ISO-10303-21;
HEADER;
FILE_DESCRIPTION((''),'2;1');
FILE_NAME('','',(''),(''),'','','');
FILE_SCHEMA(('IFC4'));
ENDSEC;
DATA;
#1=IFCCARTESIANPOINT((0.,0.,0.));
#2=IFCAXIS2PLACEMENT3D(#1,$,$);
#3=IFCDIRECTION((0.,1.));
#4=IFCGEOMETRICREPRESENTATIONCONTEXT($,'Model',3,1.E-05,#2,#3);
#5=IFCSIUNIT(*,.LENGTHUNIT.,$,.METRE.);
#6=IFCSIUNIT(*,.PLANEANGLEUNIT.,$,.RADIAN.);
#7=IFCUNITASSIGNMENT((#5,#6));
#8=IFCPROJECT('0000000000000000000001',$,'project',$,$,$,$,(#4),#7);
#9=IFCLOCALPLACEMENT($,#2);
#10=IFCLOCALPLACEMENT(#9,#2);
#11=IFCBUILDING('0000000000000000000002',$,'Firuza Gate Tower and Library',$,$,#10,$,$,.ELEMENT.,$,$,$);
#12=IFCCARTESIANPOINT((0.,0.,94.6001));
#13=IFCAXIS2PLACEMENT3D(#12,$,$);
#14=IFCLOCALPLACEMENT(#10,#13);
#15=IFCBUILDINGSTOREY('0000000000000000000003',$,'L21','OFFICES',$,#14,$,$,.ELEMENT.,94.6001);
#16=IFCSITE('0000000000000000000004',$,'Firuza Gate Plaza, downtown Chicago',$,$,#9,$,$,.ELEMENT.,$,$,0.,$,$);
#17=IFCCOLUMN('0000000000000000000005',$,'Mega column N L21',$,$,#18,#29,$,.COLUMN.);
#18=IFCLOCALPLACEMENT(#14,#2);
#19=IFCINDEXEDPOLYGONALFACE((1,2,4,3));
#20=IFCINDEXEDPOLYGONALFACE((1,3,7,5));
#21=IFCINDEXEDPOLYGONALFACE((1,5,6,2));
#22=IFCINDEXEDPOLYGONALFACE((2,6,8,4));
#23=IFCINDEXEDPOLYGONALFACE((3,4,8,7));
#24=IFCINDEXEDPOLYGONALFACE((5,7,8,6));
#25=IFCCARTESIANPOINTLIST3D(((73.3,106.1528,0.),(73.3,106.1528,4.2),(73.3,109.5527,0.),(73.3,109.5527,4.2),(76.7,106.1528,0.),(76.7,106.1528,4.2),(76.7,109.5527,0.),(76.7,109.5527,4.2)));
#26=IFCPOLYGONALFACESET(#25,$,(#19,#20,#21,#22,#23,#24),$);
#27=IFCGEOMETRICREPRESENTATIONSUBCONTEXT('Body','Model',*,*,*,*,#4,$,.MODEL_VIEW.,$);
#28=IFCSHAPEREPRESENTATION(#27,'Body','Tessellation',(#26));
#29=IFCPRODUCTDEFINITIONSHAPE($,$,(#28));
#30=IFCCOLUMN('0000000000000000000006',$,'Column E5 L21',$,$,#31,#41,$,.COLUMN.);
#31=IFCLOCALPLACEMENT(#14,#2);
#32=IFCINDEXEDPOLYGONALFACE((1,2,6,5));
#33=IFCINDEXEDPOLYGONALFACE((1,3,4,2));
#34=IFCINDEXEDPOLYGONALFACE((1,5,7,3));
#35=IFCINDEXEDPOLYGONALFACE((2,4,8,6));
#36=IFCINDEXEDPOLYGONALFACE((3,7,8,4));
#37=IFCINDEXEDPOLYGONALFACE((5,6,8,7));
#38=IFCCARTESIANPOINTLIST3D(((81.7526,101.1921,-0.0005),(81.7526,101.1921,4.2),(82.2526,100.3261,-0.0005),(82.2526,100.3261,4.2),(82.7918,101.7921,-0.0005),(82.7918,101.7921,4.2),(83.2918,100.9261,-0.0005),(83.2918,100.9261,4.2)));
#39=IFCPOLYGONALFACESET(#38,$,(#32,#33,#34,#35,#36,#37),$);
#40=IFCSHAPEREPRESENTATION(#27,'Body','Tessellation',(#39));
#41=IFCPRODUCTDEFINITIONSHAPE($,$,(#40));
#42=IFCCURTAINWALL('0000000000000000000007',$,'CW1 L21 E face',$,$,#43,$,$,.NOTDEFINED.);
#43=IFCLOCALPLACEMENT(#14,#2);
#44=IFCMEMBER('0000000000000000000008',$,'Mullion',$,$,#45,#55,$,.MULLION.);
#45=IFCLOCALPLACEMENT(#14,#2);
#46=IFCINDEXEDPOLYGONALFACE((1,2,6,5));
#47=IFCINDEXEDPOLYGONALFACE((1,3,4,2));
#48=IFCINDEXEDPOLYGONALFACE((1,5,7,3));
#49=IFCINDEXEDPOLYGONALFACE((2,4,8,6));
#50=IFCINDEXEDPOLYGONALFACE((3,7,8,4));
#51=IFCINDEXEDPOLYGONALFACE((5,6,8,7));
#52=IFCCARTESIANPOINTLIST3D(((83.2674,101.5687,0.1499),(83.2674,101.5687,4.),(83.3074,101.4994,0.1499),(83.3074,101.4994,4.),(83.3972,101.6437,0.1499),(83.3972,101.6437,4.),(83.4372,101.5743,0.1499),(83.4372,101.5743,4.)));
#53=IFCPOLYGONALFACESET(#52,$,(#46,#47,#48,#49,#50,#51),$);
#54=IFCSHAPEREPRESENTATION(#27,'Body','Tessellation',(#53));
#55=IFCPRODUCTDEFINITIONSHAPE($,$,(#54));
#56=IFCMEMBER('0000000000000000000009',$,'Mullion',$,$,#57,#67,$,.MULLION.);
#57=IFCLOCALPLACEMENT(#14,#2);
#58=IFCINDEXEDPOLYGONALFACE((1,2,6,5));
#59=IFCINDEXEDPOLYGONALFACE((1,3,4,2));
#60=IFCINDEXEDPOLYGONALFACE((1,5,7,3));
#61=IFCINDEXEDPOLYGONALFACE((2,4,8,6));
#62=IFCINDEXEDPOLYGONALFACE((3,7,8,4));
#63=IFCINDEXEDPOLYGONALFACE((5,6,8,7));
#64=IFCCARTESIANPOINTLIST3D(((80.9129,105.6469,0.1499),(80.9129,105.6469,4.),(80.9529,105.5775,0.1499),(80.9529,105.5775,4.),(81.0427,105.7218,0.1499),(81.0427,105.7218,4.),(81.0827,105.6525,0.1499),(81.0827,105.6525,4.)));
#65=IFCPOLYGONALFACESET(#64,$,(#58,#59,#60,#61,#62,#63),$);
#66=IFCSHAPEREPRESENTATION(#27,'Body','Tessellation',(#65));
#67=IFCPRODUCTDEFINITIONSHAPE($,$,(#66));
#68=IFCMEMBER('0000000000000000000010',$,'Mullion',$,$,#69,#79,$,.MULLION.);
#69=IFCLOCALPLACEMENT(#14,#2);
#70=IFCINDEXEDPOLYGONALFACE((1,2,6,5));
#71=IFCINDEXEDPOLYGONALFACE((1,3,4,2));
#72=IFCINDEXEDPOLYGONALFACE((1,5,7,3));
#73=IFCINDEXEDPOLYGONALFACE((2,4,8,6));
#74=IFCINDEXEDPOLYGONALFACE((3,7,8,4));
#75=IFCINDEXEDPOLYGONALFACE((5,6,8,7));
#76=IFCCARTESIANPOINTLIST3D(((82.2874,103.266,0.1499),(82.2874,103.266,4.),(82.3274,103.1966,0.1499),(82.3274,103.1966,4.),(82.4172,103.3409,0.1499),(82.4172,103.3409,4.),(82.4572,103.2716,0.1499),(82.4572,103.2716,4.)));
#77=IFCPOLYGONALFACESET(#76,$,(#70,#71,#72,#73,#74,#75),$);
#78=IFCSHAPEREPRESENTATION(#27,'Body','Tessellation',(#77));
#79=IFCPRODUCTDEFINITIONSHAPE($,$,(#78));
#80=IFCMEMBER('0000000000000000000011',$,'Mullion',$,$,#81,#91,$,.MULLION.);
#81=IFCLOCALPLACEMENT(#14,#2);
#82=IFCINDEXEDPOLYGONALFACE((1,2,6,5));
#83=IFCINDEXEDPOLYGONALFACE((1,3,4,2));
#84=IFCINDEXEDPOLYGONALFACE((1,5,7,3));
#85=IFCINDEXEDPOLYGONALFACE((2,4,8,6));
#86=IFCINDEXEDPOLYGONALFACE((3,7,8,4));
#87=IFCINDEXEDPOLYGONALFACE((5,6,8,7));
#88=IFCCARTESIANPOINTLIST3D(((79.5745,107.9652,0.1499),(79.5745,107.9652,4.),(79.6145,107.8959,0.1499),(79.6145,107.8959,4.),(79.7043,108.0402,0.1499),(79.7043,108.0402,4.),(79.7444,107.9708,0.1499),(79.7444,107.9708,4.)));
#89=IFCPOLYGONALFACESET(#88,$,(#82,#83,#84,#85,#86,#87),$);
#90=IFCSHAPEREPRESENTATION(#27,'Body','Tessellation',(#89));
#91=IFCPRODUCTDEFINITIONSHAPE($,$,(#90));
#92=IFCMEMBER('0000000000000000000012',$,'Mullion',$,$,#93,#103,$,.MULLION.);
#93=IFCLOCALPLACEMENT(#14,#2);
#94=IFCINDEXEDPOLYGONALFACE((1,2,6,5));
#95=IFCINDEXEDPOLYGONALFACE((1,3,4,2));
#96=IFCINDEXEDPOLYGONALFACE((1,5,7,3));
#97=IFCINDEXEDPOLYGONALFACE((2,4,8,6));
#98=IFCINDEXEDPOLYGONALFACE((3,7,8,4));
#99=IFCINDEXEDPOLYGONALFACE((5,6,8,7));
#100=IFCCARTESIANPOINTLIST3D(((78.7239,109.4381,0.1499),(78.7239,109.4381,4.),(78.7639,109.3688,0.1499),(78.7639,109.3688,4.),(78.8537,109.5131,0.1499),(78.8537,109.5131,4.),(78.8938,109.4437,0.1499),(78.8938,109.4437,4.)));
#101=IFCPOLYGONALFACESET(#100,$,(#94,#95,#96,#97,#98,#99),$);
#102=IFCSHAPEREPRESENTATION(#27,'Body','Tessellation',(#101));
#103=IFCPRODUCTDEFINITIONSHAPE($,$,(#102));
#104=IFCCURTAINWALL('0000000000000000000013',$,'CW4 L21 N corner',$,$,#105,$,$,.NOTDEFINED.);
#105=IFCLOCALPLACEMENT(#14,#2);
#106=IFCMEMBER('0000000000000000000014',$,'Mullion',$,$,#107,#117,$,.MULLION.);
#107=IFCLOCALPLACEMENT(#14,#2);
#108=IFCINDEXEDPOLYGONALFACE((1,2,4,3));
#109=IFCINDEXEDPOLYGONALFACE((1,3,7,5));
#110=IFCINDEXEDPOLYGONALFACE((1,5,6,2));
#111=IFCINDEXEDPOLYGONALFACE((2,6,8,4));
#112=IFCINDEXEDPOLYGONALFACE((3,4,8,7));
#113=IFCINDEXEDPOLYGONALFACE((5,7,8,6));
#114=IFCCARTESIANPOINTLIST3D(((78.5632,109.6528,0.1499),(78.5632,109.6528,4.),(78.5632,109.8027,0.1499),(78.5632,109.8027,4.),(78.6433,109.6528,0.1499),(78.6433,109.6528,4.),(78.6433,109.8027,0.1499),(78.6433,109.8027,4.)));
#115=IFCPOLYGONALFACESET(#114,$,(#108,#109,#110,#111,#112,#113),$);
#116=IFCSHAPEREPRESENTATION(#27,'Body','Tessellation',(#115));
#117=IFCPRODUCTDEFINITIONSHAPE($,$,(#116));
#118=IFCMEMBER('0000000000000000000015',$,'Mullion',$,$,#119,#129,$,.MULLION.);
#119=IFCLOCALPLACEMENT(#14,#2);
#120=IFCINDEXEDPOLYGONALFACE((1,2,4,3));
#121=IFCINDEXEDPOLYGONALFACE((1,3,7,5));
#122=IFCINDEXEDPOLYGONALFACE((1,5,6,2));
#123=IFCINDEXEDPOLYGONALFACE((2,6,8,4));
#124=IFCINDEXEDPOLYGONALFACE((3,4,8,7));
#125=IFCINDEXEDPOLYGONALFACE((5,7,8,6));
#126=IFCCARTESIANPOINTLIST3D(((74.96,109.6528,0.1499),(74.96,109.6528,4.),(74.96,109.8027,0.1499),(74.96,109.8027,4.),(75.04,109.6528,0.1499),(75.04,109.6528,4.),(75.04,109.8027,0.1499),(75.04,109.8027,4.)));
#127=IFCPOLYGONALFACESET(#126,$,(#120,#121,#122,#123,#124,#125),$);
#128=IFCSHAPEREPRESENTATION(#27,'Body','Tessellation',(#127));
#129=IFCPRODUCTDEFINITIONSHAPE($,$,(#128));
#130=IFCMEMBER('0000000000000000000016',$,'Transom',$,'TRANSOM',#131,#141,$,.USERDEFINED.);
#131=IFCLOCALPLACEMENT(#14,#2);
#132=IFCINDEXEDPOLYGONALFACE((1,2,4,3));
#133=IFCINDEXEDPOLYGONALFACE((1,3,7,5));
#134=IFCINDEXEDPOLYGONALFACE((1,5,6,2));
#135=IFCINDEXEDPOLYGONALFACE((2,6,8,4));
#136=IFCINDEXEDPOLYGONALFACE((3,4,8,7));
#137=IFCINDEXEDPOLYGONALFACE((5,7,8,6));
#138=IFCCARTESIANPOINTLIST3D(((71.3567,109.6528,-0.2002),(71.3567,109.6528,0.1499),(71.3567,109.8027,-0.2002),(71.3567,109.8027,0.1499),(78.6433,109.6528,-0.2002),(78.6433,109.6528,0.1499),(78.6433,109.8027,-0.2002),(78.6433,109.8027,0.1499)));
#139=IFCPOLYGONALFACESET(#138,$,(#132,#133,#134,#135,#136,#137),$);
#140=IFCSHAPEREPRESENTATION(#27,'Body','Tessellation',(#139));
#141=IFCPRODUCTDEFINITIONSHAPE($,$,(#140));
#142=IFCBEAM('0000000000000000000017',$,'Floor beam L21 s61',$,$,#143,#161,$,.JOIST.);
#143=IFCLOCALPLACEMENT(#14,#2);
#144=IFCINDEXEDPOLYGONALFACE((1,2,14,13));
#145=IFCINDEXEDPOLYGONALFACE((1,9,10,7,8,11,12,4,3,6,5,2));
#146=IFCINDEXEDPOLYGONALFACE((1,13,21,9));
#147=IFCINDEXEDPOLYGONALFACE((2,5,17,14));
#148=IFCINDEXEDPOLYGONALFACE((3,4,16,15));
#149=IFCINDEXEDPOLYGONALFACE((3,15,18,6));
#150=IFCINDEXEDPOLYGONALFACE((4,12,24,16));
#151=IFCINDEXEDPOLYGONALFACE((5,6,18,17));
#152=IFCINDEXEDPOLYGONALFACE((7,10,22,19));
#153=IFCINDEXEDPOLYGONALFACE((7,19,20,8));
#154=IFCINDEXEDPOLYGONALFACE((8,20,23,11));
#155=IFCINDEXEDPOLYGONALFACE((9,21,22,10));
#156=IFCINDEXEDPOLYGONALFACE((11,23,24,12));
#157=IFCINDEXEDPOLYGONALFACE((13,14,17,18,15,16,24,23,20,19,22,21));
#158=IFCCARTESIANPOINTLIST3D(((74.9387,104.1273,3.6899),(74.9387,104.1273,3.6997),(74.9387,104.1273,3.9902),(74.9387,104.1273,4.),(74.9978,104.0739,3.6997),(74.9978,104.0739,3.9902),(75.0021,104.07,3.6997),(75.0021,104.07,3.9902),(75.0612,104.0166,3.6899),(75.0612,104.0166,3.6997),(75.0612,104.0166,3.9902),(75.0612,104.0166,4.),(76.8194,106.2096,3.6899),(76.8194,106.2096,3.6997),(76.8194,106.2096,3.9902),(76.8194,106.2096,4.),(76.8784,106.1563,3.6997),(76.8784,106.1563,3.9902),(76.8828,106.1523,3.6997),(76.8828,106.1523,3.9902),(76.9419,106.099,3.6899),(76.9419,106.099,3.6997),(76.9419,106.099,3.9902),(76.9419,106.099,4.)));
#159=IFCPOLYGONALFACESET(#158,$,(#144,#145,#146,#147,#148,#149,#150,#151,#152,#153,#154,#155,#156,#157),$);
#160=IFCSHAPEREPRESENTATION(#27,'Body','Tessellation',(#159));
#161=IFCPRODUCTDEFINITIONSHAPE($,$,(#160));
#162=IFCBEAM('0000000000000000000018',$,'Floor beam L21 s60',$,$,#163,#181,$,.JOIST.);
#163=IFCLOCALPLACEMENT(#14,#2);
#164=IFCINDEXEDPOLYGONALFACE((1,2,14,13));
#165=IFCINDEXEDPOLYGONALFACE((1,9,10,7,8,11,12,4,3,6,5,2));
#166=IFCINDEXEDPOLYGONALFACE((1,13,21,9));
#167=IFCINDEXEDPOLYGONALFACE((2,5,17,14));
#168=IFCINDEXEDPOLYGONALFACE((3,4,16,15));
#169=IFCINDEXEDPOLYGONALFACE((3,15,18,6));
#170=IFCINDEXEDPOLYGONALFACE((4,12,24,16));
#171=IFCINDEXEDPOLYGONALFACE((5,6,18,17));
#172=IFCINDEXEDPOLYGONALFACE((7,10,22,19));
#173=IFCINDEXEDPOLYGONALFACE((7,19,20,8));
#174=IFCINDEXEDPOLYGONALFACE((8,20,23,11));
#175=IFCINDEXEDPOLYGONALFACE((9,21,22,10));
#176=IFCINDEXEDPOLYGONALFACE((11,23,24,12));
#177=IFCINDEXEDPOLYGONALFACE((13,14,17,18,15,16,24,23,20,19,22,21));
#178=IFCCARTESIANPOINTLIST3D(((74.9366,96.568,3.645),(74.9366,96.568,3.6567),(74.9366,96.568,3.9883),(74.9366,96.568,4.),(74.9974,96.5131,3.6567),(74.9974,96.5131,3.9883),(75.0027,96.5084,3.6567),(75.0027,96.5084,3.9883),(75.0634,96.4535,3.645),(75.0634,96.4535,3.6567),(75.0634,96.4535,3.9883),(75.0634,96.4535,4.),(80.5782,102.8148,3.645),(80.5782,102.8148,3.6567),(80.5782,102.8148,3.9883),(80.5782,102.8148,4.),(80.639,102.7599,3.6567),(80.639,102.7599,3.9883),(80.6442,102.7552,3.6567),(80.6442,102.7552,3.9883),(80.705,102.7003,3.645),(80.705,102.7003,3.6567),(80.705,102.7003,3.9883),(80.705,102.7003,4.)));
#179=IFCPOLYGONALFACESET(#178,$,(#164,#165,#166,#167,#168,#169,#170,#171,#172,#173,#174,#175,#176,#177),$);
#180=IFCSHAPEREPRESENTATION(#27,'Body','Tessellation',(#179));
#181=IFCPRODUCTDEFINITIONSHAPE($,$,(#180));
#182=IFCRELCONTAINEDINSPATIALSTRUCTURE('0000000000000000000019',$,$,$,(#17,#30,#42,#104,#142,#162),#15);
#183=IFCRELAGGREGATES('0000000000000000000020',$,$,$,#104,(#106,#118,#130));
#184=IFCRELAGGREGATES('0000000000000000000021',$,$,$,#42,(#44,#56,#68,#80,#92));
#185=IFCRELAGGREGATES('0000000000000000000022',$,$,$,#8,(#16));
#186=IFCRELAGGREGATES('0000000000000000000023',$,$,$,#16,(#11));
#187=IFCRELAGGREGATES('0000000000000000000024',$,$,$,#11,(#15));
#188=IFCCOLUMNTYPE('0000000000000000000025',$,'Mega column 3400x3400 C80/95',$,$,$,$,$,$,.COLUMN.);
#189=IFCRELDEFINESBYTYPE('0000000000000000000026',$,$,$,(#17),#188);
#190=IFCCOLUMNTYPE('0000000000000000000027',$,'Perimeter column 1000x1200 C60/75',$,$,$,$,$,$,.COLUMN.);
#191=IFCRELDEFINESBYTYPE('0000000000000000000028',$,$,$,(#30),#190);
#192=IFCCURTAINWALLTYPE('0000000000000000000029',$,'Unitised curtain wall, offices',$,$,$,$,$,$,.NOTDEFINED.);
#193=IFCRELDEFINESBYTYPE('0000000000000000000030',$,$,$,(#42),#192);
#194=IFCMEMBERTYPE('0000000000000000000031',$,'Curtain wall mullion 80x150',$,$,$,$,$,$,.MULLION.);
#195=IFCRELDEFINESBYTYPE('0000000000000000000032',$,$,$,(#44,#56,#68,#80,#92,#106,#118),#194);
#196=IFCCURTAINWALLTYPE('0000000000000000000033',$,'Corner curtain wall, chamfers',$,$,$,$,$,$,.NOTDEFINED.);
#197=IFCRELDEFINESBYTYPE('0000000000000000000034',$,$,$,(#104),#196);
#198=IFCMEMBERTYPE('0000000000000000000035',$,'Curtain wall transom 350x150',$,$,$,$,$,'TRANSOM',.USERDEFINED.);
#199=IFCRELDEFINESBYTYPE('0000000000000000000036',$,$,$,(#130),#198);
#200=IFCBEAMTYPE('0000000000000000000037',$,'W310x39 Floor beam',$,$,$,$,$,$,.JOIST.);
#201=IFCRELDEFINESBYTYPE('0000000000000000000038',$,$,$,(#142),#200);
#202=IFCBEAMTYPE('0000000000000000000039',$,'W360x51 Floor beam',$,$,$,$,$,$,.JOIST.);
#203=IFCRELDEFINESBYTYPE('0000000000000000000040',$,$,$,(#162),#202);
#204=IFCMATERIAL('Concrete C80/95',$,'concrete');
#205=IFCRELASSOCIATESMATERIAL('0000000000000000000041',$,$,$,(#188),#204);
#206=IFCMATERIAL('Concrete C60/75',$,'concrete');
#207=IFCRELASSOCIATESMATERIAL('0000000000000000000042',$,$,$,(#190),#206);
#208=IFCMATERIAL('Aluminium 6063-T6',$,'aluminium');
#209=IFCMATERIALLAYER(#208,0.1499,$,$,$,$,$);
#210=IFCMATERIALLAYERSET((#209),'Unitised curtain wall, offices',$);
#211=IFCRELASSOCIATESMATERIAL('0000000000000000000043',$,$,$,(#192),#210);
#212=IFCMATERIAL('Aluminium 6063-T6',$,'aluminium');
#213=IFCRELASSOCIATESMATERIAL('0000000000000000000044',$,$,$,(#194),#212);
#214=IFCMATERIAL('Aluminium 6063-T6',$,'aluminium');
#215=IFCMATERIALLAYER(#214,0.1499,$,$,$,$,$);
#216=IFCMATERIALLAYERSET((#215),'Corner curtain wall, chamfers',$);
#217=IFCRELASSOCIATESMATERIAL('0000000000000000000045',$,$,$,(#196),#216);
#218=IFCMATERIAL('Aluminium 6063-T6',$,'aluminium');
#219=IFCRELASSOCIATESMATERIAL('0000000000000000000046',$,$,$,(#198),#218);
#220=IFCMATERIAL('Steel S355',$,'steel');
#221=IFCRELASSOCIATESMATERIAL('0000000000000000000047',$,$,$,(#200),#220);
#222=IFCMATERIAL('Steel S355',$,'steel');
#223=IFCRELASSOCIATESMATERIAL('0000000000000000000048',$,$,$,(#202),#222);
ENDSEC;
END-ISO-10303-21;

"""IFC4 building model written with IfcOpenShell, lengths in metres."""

from ifc_helpers import new_model, si_unit, direction, frame, origin, origin_2d, place, context, subcontext, project, spatial, rectangle, i_section, extrude, material, layer, layer_set, material_profile, profile_set, type_object, element, aggregate, save


model = new_model("IFC4")

# Units and contexts
model_context = context("Model", 3, precision=1e-05, world=origin(), true_north=direction((0.0, 1.0)))
body_context = subcontext(model_context, "Body", "Model", "MODEL_VIEW")
ifc_project = project(units=[si_unit("LENGTHUNIT", "METRE"), si_unit("PLANEANGLEUNIT", "RADIAN")], contexts=[model_context])

# Site, building, storey
site_placement = place(None, origin())
site = spatial("IfcSite", under=ifc_project, at=site_placement, Name="Firuza Gate Plaza, downtown Chicago", CompositionType="ELEMENT", RefElevation=0.0)
building_placement = place(site_placement, origin())
building = spatial("IfcBuilding", under=site, at=building_placement, Name="Firuza Gate Tower and Library", CompositionType="ELEMENT")
storey_placement = place(building_placement, frame((0.0, 0.0, 94.6001)))
storey = spatial("IfcBuildingStorey", under=building, at=storey_placement, Name="L21", Description="OFFICES", CompositionType="ELEMENT", Elevation=94.6001)

# Columns
ifc_material_1 = material(Name="Concrete C80/95", Category="concrete")
ifc_material_profile_1 = material_profile(ifc_material_1, rectangle(XDim=3.3999, YDim=3.3999, at=origin_2d()))
ifc_profile_set_1 = profile_set([ifc_material_profile_1], Name="Concrete C80/95")
column_type_1 = type_object("IfcColumnType", Name="Mega column 3400x3400 C80/95", PredefinedType="COLUMN", material=ifc_profile_set_1)
column_1_placement = place(storey_placement, frame((75.0, 107.8528, 0.0), z_axis=(0.0, 0.0, 1.0), x_axis=(-1.0, 0.0, 0.0)))
element("IfcColumn", 1, at=column_1_placement, inside=storey, type_object=column_type_1, Name="Mega column N L21", PredefinedType="COLUMN", context=body_context, shape_type="SweptSolid", body=[
    extrude(rectangle(XDim=3.3999, YDim=3.3999, at=origin_2d()), origin(), (0.0, 0.0, 1.0), 4.2),
])
ifc_material_2 = material(Name="Concrete C60/75", Category="concrete")
ifc_material_profile_2 = material_profile(ifc_material_2, rectangle(XDim=1.0, YDim=1.2, at=origin_2d()))
ifc_profile_set_2 = profile_set([ifc_material_profile_2], Name="Concrete C60/75")
column_type_2 = type_object("IfcColumnType", Name="Perimeter column 1000x1200 C60/75", PredefinedType="COLUMN", material=ifc_profile_set_2)
column_2_placement = place(storey_placement, frame((82.5222, 101.0591, -0.0005), z_axis=(0.0, 0.0, 1.0), x_axis=(-0.5, 0.866025, 0.0)))
element("IfcColumn", 2, at=column_2_placement, inside=storey, type_object=column_type_2, Name="Column E5 L21", PredefinedType="COLUMN", context=body_context, shape_type="SweptSolid", body=[
    extrude(rectangle(XDim=1.0, YDim=1.2, at=origin_2d()), origin(), (0.0, 0.0, 1.0), 4.2004),
])

# Curtain walls, members
ifc_material_3 = material(Name="Aluminium 6063-T6", Category="aluminium")
ifc_layer_1 = layer(ifc_material_3, 0.1499)
ifc_layer_set_1 = layer_set([ifc_layer_1], Name="Unitised curtain wall, offices")
curtain_wall_type_1 = type_object("IfcCurtainWallType", Name="Unitised curtain wall, offices", PredefinedType="NOTDEFINED", material=ifc_layer_set_1)
placement = place(storey_placement, origin())
curtain_wall_1 = element("IfcCurtainWall", 3, at=placement, inside=storey, type_object=curtain_wall_type_1, Name="CW1 L21 E face", PredefinedType="NOTDEFINED")
ifc_material_4 = material(Name="Aluminium 6063-T6", Category="aluminium")
ifc_material_profile_3 = material_profile(ifc_material_4, rectangle(XDim=0.1499, YDim=0.0801, at=origin_2d()))
ifc_profile_set_3 = profile_set([ifc_material_profile_3], Name="Aluminium 6063-T6")
member_type_1 = type_object("IfcMemberType", Name="Curtain wall mullion 80x150", PredefinedType="MULLION", material=ifc_profile_set_3)
member_1_placement = place(storey_placement, frame((83.3523, 101.5715, 0.1499), z_axis=(0.0, 0.0, 1.0), x_axis=(-0.866025, -0.5, 0.0)))
member_1 = element("IfcMember", 4, at=member_1_placement, type_object=member_type_1, Name="Mullion", PredefinedType="MULLION", context=body_context, shape_type="SweptSolid", body=[
    extrude(rectangle(XDim=0.1499, YDim=0.0801, at=origin_2d()), origin(), (0.0, 0.0, 1.0), 3.8501),
])
member_2_placement = place(storey_placement, frame((80.9978, 105.6497, 0.1499), z_axis=(0.0, 0.0, 1.0), x_axis=(-0.866025, -0.5, 0.0)))
member_2 = element("IfcMember", 5, at=member_2_placement, type_object=member_type_1, Name="Mullion", PredefinedType="MULLION", context=body_context, shape_type="SweptSolid", body=[
    extrude(rectangle(XDim=0.1499, YDim=0.0801, at=origin_2d()), origin(), (0.0, 0.0, 1.0), 3.8501),
])
member_3_placement = place(storey_placement, frame((82.3723, 103.2688, 0.1499), z_axis=(0.0, 0.0, 1.0), x_axis=(-0.866025, -0.5, 0.0)))
member_3 = element("IfcMember", 6, at=member_3_placement, type_object=member_type_1, Name="Mullion", PredefinedType="MULLION", context=body_context, shape_type="SweptSolid", body=[
    extrude(rectangle(XDim=0.1499, YDim=0.0801, at=origin_2d()), origin(), (0.0, 0.0, 1.0), 3.8501),
])
member_4_placement = place(storey_placement, frame((79.6594, 107.968, 0.1499), z_axis=(0.0, 0.0, 1.0), x_axis=(-0.866025, -0.5, 0.0)))
member_4 = element("IfcMember", 7, at=member_4_placement, type_object=member_type_1, Name="Mullion", PredefinedType="MULLION", context=body_context, shape_type="SweptSolid", body=[
    extrude(rectangle(XDim=0.1499, YDim=0.0801, at=origin_2d()), origin(), (0.0, 0.0, 1.0), 3.8501),
])
member_5_placement = place(storey_placement, frame((78.8088, 109.4409, 0.1499), z_axis=(0.0, 0.0, 1.0), x_axis=(-0.866025, -0.5, 0.0)))
member_5 = element("IfcMember", 8, at=member_5_placement, type_object=member_type_1, Name="Mullion", PredefinedType="MULLION", context=body_context, shape_type="SweptSolid", body=[
    extrude(rectangle(XDim=0.1499, YDim=0.0801, at=origin_2d()), origin(), (0.0, 0.0, 1.0), 3.8501),
])
ifc_material_5 = material(Name="Aluminium 6063-T6", Category="aluminium")
ifc_layer_2 = layer(ifc_material_5, 0.1499)
ifc_layer_set_2 = layer_set([ifc_layer_2], Name="Corner curtain wall, chamfers")
curtain_wall_type_2 = type_object("IfcCurtainWallType", Name="Corner curtain wall, chamfers", PredefinedType="NOTDEFINED", material=ifc_layer_set_2)
curtain_wall_2 = element("IfcCurtainWall", 9, at=placement, inside=storey, type_object=curtain_wall_type_2, Name="CW4 L21 N corner", PredefinedType="NOTDEFINED")
member_6_placement = place(storey_placement, frame((78.6033, 109.7278, 0.1499), z_axis=(0.0, 0.0, 1.0), x_axis=(0.0, -1.0, 0.0)))
member_6 = element("IfcMember", 10, at=member_6_placement, type_object=member_type_1, Name="Mullion", PredefinedType="MULLION", context=body_context, shape_type="SweptSolid", body=[
    extrude(rectangle(XDim=0.1499, YDim=0.0801, at=origin_2d()), origin(), (0.0, 0.0, 1.0), 3.8501),
])
member_7_placement = place(storey_placement, frame((75.0, 109.7278, 0.1499), z_axis=(0.0, 0.0, 1.0), x_axis=(0.0, -1.0, 0.0)))
member_7 = element("IfcMember", 11, at=member_7_placement, type_object=member_type_1, Name="Mullion", PredefinedType="MULLION", context=body_context, shape_type="SweptSolid", body=[
    extrude(rectangle(XDim=0.1499, YDim=0.0801, at=origin_2d()), origin(), (0.0, 0.0, 1.0), 3.8501),
])
ifc_material_6 = material(Name="Aluminium 6063-T6", Category="aluminium")
ifc_material_profile_4 = material_profile(ifc_material_6, rectangle(XDim=0.1499, YDim=0.3501, at=origin_2d()))
ifc_profile_set_4 = profile_set([ifc_material_profile_4], Name="Aluminium 6063-T6")
member_type_2 = type_object("IfcMemberType", Name="Curtain wall transom 350x150", ElementType="TRANSOM", PredefinedType="USERDEFINED", material=ifc_profile_set_4)
member_8_placement = place(storey_placement, frame((78.6433, 109.7278, -0.0251), z_axis=(-1.0, 0.0, 0.0), x_axis=(0.0, -1.0, 0.0)))
member_8 = element("IfcMember", 12, at=member_8_placement, type_object=member_type_2, Name="Transom", ObjectType="TRANSOM", PredefinedType="USERDEFINED", context=body_context, shape_type="SweptSolid", body=[
    extrude(rectangle(XDim=0.1499, YDim=0.3501, at=origin_2d()), origin(), (0.0, 0.0, 1.0), 7.2866),
])

# Beams
ifc_material_7 = material(Name="Steel S355", Category="steel")
ifc_material_profile_5 = material_profile(ifc_material_7, i_section(OverallWidth=0.165, OverallDepth=0.3101, WebThickness=0.0059, FlangeThickness=0.0098, at=origin_2d()))
ifc_profile_set_5 = profile_set([ifc_material_profile_5], Name="Steel S355")
beam_type_1 = type_object("IfcBeamType", Name="W310x39 Floor beam", PredefinedType="JOIST", material=ifc_profile_set_5)
beam_1_placement = place(storey_placement, frame((76.8806, 106.1543, 3.845), z_axis=(-0.670257, -0.742129, 0.0), x_axis=(0.742129, -0.670257, 0.0)))
element("IfcBeam", 13, at=beam_1_placement, inside=storey, type_object=beam_type_1, Name="Floor beam L21 s61", PredefinedType="JOIST", context=body_context, shape_type="SweptSolid", body=[
    extrude(i_section(OverallWidth=0.165, OverallDepth=0.3101, WebThickness=0.0059, FlangeThickness=0.0098, at=origin_2d()), origin(), (0.0, 0.0, 1.0), 2.8059),
])
ifc_material_8 = material(Name="Steel S355", Category="steel")
ifc_material_profile_6 = material_profile(ifc_material_8, i_section(OverallWidth=0.1709, OverallDepth=0.355, WebThickness=0.0071, FlangeThickness=0.0117, at=origin_2d()))
ifc_profile_set_6 = profile_set([ifc_material_profile_6], Name="Steel S355")
beam_type_2 = type_object("IfcBeamType", Name="W360x51 Floor beam", PredefinedType="JOIST", material=ifc_profile_set_6)
beam_2_placement = place(storey_placement, frame((80.6416, 102.7576, 3.8225), z_axis=(-0.670241, -0.742144, 0.0), x_axis=(0.742144, -0.670241, 0.0)))
element("IfcBeam", 14, at=beam_2_placement, inside=storey, type_object=beam_type_2, Name="Floor beam L21 s60", PredefinedType="JOIST", context=body_context, shape_type="SweptSolid", body=[
    extrude(i_section(OverallWidth=0.1709, OverallDepth=0.355, WebThickness=0.0071, FlangeThickness=0.0117, at=origin_2d()), origin(), (0.0, 0.0, 1.0), 8.4172),
])

aggregate(curtain_wall_2, [member_6, member_7, member_8])
aggregate(curtain_wall_1, [member_1, member_2, member_3, member_4, member_5])

save(model, "model.ifc")
